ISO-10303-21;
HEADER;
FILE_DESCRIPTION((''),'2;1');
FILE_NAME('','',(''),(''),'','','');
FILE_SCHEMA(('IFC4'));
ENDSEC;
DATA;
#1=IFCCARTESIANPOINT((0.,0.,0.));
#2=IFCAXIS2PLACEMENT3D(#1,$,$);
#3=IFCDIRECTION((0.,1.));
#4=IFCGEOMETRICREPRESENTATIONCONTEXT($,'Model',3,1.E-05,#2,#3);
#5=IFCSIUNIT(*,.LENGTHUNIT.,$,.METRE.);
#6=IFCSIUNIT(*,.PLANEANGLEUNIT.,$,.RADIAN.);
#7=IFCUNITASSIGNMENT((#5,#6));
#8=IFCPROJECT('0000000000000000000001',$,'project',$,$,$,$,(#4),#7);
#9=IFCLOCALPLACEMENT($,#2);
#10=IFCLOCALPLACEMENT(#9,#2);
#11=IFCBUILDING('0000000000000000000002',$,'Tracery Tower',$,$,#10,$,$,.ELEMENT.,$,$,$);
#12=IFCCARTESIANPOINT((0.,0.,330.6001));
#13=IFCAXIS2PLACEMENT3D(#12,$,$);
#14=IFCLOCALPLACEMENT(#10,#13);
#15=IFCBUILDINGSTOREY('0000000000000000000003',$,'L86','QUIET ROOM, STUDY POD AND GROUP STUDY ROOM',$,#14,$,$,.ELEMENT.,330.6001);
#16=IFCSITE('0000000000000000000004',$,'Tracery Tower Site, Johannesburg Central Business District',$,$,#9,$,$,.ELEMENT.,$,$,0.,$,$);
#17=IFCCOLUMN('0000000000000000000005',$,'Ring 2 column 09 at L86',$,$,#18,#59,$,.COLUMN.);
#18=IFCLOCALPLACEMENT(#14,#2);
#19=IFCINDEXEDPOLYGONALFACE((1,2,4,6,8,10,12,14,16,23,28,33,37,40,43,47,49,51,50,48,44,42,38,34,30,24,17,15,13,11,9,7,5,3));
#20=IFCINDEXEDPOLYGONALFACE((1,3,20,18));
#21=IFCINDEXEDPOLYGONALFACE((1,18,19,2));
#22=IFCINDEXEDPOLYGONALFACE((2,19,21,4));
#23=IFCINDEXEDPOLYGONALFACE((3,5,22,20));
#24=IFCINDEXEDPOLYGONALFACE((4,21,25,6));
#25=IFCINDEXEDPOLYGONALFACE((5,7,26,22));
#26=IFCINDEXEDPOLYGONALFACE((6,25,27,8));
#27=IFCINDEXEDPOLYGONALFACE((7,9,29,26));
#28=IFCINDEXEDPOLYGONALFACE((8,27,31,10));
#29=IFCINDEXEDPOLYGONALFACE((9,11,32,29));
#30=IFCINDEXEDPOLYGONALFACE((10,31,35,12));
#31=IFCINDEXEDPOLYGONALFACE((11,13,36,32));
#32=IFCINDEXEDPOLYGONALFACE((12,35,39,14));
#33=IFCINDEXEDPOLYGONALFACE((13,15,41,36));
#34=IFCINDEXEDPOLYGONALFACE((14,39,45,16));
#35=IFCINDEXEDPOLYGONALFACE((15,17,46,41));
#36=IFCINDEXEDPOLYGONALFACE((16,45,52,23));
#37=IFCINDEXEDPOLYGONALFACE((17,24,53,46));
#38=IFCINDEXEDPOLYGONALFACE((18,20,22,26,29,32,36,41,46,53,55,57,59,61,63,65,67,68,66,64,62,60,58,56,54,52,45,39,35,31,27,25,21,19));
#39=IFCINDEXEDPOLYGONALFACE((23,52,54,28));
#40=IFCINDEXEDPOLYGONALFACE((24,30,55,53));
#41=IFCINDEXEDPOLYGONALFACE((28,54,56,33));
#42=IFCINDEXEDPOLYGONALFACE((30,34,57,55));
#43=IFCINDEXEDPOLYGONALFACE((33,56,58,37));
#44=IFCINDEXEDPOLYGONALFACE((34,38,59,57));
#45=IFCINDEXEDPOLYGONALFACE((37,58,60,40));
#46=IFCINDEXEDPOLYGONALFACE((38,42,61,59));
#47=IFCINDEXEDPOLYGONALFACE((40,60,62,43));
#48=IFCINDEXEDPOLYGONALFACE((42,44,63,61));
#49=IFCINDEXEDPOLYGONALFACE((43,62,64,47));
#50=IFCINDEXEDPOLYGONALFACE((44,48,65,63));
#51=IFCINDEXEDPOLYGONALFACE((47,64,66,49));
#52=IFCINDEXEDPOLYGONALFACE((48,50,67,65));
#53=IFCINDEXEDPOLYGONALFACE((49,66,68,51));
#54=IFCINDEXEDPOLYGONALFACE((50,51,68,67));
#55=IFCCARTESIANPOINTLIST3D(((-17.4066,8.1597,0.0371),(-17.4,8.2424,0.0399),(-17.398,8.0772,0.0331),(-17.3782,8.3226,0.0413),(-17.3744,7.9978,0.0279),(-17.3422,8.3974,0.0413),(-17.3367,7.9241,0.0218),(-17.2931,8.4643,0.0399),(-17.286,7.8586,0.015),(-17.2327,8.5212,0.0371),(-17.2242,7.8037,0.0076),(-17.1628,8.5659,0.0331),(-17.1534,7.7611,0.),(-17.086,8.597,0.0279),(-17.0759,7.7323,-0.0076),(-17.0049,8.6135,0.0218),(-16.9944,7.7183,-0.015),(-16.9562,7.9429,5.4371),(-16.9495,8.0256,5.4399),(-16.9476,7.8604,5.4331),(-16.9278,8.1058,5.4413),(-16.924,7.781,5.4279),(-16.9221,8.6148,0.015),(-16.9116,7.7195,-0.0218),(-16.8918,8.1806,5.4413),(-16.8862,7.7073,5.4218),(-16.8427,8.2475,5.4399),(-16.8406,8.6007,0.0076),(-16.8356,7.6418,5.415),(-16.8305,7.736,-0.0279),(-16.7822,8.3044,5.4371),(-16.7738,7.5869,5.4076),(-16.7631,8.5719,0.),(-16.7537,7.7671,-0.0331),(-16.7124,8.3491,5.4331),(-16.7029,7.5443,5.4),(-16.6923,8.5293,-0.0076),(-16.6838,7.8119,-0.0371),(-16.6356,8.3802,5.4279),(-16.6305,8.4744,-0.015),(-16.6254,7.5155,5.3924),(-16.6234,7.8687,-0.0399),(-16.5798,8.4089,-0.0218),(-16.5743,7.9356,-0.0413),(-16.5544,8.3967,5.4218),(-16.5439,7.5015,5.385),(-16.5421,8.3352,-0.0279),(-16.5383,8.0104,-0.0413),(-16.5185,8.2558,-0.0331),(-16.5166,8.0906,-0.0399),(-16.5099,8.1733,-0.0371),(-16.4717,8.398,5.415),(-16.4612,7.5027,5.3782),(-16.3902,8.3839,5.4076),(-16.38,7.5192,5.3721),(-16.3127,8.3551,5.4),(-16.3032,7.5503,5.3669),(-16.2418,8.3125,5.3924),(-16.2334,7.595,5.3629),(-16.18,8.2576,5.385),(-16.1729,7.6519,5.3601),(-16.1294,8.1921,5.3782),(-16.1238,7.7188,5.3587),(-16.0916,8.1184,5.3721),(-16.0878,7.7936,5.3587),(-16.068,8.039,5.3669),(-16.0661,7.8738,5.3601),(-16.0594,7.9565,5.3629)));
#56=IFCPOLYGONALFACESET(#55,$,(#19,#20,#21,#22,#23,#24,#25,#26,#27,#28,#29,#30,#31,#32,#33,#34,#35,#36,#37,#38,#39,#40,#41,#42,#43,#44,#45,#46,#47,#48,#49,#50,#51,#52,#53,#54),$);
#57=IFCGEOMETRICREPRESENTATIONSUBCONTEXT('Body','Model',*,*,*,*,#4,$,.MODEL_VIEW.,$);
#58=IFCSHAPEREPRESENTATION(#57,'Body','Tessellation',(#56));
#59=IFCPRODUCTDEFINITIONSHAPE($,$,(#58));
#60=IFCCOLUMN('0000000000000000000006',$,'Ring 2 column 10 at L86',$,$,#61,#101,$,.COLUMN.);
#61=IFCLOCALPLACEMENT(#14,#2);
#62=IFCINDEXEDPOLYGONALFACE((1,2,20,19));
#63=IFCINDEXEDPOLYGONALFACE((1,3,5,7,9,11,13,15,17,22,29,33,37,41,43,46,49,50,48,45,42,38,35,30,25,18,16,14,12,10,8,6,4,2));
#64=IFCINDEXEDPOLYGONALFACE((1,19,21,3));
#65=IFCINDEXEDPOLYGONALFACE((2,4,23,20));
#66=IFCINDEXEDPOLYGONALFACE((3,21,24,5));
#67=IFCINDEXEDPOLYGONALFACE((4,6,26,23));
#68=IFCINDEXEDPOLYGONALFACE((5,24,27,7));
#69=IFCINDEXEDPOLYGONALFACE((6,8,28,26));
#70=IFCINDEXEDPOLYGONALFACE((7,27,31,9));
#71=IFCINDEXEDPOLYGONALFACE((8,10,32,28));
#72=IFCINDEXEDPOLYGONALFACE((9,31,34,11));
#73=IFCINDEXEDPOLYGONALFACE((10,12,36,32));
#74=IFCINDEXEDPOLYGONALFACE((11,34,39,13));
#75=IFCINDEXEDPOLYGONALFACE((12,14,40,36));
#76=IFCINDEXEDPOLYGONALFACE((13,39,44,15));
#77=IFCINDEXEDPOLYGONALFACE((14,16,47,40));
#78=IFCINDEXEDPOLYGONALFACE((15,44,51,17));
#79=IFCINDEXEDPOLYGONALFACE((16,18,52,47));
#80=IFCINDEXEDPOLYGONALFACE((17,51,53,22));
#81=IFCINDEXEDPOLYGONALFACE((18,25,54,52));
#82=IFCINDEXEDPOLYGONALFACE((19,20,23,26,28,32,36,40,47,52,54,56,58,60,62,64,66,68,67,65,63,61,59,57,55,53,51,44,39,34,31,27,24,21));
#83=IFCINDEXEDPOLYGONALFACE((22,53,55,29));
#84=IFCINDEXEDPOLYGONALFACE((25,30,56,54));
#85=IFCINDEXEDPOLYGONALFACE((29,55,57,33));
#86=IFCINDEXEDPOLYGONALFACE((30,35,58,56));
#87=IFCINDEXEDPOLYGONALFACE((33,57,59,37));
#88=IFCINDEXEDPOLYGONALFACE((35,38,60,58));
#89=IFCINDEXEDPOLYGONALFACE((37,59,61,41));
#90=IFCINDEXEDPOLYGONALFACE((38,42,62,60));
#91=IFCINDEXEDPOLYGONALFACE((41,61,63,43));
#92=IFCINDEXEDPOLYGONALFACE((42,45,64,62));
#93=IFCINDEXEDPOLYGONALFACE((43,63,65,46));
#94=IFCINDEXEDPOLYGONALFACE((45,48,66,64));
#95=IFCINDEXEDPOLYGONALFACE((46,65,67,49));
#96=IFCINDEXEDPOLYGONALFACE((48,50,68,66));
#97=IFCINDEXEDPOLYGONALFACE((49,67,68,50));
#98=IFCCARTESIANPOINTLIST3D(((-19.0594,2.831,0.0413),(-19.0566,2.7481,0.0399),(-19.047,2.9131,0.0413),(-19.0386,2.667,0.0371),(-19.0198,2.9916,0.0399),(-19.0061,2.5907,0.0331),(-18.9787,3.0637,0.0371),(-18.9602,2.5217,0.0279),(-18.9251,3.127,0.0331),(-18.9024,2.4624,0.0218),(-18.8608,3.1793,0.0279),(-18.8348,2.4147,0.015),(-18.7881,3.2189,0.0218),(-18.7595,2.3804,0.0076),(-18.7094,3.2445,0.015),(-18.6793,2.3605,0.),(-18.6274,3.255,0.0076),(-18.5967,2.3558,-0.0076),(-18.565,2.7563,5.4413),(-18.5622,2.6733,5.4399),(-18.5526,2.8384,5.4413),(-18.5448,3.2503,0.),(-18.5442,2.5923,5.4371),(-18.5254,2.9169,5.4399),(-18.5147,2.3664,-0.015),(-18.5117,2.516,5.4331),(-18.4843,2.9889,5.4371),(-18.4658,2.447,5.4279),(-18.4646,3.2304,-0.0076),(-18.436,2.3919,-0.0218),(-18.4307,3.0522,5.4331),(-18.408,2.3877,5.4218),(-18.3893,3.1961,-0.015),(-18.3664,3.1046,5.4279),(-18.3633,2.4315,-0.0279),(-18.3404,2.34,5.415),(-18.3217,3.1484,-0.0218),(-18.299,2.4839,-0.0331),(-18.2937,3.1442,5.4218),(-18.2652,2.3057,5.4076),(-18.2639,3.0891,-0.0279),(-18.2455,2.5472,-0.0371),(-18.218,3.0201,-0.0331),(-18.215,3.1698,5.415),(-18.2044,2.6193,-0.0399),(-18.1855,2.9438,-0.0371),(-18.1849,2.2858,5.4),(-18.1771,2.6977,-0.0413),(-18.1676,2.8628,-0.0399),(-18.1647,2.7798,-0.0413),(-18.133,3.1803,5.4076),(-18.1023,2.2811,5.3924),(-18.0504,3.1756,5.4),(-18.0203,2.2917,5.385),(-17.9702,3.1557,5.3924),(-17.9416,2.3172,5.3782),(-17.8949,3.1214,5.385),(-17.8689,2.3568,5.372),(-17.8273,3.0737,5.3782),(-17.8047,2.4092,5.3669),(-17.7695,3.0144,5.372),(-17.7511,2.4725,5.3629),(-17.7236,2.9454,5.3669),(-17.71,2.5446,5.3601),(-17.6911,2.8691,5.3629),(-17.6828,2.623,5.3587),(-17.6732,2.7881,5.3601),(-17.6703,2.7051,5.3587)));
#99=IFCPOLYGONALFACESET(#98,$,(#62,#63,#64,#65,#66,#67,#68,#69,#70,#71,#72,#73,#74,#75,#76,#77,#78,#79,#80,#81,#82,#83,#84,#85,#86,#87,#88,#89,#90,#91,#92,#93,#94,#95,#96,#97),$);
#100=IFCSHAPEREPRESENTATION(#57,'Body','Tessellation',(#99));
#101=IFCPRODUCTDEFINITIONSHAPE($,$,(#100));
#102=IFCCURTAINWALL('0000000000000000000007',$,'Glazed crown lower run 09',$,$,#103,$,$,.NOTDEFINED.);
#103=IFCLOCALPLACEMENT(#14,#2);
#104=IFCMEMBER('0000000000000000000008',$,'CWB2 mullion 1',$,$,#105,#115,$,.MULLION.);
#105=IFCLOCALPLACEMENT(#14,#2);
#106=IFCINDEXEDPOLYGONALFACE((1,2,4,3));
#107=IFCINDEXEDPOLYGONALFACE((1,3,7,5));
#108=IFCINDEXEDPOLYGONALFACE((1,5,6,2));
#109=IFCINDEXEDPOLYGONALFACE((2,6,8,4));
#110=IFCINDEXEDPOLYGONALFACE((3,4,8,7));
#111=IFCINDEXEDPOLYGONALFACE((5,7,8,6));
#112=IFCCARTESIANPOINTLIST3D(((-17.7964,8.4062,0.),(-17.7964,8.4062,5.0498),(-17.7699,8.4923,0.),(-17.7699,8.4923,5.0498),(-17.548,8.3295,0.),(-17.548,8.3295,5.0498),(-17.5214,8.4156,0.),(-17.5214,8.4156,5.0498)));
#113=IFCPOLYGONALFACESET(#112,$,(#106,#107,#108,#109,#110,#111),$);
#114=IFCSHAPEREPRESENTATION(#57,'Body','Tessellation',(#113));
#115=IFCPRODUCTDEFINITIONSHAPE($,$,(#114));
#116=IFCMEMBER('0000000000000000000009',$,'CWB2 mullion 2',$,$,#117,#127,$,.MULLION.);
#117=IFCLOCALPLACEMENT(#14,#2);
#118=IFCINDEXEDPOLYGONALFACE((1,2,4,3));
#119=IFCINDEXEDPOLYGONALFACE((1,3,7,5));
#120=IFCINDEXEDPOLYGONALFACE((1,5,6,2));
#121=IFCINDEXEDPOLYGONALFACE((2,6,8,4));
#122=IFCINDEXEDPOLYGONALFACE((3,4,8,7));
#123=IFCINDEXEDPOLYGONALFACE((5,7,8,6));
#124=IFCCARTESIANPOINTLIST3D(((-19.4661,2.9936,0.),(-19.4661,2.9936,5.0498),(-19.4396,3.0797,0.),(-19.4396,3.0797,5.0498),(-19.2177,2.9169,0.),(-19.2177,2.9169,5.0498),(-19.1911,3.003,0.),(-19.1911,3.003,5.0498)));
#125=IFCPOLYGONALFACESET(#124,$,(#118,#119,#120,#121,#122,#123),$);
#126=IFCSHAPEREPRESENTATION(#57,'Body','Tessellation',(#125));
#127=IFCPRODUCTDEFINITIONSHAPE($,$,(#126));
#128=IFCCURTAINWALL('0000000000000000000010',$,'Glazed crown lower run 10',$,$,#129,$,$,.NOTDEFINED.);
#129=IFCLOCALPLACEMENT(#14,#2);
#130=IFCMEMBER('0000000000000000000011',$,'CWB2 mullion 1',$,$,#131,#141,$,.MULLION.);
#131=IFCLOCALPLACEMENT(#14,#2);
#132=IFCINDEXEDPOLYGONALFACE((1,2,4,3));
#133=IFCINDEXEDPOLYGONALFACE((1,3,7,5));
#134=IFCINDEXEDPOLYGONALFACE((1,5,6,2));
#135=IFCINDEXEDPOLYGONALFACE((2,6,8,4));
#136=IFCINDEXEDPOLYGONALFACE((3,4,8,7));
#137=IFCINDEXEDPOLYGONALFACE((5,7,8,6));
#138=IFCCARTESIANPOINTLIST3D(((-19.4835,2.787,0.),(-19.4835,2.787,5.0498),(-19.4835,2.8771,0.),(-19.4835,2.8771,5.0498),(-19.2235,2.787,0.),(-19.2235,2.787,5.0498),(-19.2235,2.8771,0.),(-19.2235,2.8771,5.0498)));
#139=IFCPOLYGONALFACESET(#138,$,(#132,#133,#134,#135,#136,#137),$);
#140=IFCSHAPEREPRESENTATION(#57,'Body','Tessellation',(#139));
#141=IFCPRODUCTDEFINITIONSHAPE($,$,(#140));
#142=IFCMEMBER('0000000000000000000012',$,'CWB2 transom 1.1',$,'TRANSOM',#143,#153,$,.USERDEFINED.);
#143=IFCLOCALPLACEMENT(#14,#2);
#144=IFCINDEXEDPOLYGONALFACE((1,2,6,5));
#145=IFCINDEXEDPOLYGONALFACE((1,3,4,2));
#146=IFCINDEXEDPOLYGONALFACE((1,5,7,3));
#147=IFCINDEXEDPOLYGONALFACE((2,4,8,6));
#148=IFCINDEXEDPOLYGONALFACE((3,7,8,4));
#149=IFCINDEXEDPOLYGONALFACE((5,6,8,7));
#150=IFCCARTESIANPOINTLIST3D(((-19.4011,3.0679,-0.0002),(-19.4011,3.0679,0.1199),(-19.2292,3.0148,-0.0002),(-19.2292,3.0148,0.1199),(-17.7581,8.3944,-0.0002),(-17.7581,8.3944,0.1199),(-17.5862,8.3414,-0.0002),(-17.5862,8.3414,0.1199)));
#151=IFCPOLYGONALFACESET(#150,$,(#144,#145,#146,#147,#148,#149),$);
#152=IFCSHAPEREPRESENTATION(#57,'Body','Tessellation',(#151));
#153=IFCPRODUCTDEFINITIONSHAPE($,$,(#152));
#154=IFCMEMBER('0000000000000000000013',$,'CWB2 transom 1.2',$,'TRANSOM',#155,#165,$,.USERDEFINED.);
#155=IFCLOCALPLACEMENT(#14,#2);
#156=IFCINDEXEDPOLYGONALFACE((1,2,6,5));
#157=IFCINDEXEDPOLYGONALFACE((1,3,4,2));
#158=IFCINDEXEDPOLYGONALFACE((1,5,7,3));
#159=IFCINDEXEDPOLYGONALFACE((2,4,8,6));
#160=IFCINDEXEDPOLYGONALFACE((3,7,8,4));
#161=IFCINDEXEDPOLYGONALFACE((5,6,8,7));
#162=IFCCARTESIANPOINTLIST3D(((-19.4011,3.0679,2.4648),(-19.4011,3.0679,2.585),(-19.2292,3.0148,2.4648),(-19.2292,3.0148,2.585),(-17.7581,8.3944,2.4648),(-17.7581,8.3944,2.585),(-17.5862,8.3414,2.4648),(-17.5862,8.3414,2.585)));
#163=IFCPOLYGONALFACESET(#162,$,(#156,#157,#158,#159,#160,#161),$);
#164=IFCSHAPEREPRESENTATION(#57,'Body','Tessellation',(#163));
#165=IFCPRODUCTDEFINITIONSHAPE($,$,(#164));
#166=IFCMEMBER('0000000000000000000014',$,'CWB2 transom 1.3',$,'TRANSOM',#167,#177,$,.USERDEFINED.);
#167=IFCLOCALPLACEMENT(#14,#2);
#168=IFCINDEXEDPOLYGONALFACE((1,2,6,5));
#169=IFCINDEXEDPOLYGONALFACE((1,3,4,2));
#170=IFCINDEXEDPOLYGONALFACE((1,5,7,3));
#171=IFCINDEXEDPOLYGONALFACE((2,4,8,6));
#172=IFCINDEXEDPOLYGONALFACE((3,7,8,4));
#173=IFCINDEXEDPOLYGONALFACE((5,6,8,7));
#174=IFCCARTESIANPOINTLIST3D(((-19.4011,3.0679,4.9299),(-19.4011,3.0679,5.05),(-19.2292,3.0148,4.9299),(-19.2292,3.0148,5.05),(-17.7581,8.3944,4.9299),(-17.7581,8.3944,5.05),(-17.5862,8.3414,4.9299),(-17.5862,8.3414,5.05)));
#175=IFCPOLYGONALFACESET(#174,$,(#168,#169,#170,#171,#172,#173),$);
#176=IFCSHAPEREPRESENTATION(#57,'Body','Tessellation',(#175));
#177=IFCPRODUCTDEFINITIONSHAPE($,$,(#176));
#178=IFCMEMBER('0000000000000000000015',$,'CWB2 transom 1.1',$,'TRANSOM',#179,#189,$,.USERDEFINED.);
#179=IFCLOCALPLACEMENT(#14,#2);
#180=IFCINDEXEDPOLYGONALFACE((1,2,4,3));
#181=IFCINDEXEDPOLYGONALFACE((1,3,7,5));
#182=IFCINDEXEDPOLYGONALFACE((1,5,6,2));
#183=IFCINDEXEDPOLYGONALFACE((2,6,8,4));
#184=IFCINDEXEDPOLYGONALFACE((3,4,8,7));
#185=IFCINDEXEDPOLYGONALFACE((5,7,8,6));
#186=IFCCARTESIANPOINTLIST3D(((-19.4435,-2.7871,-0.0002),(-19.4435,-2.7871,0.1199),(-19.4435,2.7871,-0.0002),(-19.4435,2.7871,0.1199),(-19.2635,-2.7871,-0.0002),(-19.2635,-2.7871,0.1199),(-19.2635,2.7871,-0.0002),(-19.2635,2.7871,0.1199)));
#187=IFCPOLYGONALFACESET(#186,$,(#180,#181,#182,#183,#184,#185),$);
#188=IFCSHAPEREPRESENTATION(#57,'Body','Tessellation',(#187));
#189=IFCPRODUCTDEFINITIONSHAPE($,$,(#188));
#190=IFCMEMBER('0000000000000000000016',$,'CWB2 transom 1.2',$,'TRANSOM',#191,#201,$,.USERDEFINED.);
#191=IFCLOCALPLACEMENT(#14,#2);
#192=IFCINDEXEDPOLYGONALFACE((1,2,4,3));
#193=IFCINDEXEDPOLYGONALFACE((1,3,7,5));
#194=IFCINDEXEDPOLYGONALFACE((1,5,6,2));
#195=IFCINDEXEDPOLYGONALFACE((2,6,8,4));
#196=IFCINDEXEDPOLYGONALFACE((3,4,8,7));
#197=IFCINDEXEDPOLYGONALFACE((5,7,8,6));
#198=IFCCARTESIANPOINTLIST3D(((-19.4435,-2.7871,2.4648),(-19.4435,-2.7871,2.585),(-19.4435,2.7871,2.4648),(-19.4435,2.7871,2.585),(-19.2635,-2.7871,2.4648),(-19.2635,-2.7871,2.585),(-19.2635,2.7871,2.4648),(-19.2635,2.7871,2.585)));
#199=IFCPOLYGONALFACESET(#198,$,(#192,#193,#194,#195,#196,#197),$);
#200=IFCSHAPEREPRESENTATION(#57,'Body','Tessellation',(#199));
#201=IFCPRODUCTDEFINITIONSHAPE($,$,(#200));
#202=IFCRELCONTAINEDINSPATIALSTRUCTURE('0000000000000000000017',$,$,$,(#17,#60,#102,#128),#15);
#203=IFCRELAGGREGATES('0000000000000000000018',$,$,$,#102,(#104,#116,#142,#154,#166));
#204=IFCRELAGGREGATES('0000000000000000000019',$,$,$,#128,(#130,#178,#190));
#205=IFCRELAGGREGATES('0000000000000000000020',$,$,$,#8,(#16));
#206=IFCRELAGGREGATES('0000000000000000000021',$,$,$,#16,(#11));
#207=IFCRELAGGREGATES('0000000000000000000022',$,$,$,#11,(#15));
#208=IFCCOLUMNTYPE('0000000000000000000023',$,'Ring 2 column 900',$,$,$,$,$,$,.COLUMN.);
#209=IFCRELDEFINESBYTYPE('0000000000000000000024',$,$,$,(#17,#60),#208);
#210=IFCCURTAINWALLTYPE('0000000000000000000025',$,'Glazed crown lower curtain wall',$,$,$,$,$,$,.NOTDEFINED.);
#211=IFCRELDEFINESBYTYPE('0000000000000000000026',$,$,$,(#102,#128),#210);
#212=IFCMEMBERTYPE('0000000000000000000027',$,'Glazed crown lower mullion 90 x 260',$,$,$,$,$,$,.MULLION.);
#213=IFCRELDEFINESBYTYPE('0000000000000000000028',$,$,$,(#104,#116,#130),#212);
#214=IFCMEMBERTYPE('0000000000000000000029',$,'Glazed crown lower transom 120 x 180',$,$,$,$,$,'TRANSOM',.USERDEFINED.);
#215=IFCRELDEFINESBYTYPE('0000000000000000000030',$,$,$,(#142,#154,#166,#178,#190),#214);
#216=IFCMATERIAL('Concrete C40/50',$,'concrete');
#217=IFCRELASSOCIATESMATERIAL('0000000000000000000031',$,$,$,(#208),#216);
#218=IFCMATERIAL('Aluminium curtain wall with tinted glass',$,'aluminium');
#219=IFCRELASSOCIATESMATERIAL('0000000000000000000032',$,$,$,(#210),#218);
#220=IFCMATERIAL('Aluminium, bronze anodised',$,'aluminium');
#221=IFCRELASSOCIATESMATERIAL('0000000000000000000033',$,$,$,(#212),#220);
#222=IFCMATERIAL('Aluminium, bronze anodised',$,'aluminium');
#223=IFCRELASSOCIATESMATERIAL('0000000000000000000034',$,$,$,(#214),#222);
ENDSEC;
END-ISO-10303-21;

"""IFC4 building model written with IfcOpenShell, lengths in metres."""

from ifc_helpers import new_model, si_unit, direction, frame, origin, origin_2d, place, context, subcontext, project, spatial, rectangle, circle, extrude, material, material_profile, profile_set, type_object, element, aggregate, save


model = new_model("IFC4")

# Units and contexts
model_context = context("Model", 3, precision=1e-05, world=origin(), true_north=direction((0.0, 1.0)))
body_context = subcontext(model_context, "Body", "Model", "MODEL_VIEW")
ifc_project = project(units=[si_unit("LENGTHUNIT", "METRE"), si_unit("PLANEANGLEUNIT", "RADIAN")], contexts=[model_context])

# Site, building, storey
site_placement = place(None, origin())
site = spatial("IfcSite", under=ifc_project, at=site_placement, Name="Tracery Tower Site, Johannesburg Central Business District", CompositionType="ELEMENT", RefElevation=0.0)
building_placement = place(site_placement, origin())
building = spatial("IfcBuilding", under=site, at=building_placement, Name="Tracery Tower", CompositionType="ELEMENT")
storey_placement = place(building_placement, frame((0.0, 0.0, 330.6001)))
storey = spatial("IfcBuildingStorey", under=building, at=storey_placement, Name="L86", Description="QUIET ROOM, STUDY POD AND GROUP STUDY ROOM", CompositionType="ELEMENT", Elevation=330.6001)

# Columns
ifc_material_1 = material(Name="Concrete C40/50", Category="concrete")
ifc_material_profile_1 = material_profile(ifc_material_1, circle(Radius=0.45, at=origin_2d()), Name="RC D900")
ifc_profile_set_1 = profile_set([ifc_material_profile_1], Name="Concrete C40/50")
column_type = type_object("IfcColumnType", Name="Ring 2 column 900", PredefinedType="COLUMN", material=ifc_profile_set_1)
for number, where, z_axis, x_axis, name in (
    (1, (-16.9583, 8.1665, 0.0), (0.083061, -0.039977, 0.995742), (0.433683, 0.901065, 0.0), "Ring 2 column 09 at L86"),
    (2, (-18.6121, 2.8054, 0.0), (0.091164, -0.013776, 0.995741), (0.149415, 0.988775, 0.0), "Ring 2 column 10 at L86"),
):
    element("IfcColumn", number, at=place(storey_placement, frame(where, z_axis=z_axis, x_axis=x_axis)), inside=storey, type_object=column_type, Name=name, PredefinedType="COLUMN", context=body_context, shape_type="SweptSolid", body=[
        extrude(circle(Radius=0.45, at=origin_2d()), origin(), (0.0, 0.0, 1.0), 5.4231),
    ])

# Curtain wall, members
ifc_material_2 = material(Name="Aluminium curtain wall with tinted glass", Category="aluminium")
curtain_wall_type = type_object("IfcCurtainWallType", Name="Glazed crown lower curtain wall", PredefinedType="NOTDEFINED", material=ifc_material_2)
curtain_wall_1_placement = place(storey_placement, origin())
curtain_wall_1 = element("IfcCurtainWall", 3, at=curtain_wall_1_placement, inside=storey, type_object=curtain_wall_type, Name="Glazed crown lower run 09", PredefinedType="NOTDEFINED")
ifc_material_3 = material(Name="Aluminium, bronze anodised", Category="aluminium")
ifc_material_profile_2 = material_profile(ifc_material_3, rectangle(XDim=0.26, YDim=0.0901, at=origin_2d()), Name="Glazed crown lower mullion 90 x 260")
ifc_profile_set_2 = profile_set([ifc_material_profile_2], Name="Aluminium, bronze anodised")
member_type_1 = type_object("IfcMemberType", Name="Glazed crown lower mullion 90 x 260", PredefinedType="MULLION", material=ifc_profile_set_2)
member_1_placement = place(storey_placement, frame((-17.6589, 8.4109, 0.0), z_axis=(0.0, 0.0, 1.0), x_axis=(0.955571, -0.294761, 0.0)))
member_1 = element("IfcMember", 4, at=member_1_placement, type_object=member_type_1, Name="CWB2 mullion 1", PredefinedType="MULLION", context=body_context, shape_type="SweptSolid", body=[
    extrude(rectangle(XDim=0.26, YDim=0.0901, at=origin_2d()), origin(), (0.0, 0.0, 1.0), 5.0498),
])
member_2_placement = place(storey_placement, frame((-19.3286, 2.9983, 0.0), z_axis=(0.0, 0.0, 1.0), x_axis=(0.955571, -0.294761, 0.0)))
member_2 = element("IfcMember", 5, at=member_2_placement, type_object=member_type_1, Name="CWB2 mullion 2", PredefinedType="MULLION", context=body_context, shape_type="SweptSolid", body=[
    extrude(rectangle(XDim=0.26, YDim=0.0901, at=origin_2d()), origin(), (0.0, 0.0, 1.0), 5.0498),
])

# Curtain wall, member
curtain_wall_2_placement = place(storey_placement, origin())
curtain_wall_2 = element("IfcCurtainWall", 6, at=curtain_wall_2_placement, inside=storey, type_object=curtain_wall_type, Name="Glazed crown lower run 10", PredefinedType="NOTDEFINED")
member_3_placement = place(storey_placement, frame((-19.3535, 2.832, 0.0), z_axis=(0.0, 0.0, 1.0), x_axis=(1.0, 0.0, 0.0)))
member_3 = element("IfcMember", 7, at=member_3_placement, type_object=member_type_1, Name="CWB2 mullion 1", PredefinedType="MULLION", context=body_context, shape_type="SweptSolid", body=[
    extrude(rectangle(XDim=0.26, YDim=0.0901, at=origin_2d()), origin(), (0.0, 0.0, 1.0), 5.0498),
])

# Members
ifc_material_4 = material(Name="Aluminium, bronze anodised", Category="aluminium")
ifc_material_profile_3 = material_profile(ifc_material_4, rectangle(XDim=0.1799, YDim=0.1201, at=origin_2d()), Name="Glazed crown lower transom 120 x 180")
ifc_profile_set_3 = profile_set([ifc_material_profile_3], Name="Aluminium, bronze anodised")
member_type_2 = type_object("IfcMemberType", Name="Glazed crown lower transom 120 x 180", ElementType="TRANSOM", PredefinedType="USERDEFINED", material=ifc_profile_set_3)
member_4_placement = place(storey_placement, frame((-17.6721, 8.3679, 0.0598), z_axis=(-0.294757, -0.955572, 0.0), x_axis=(0.955572, -0.294757, 0.0)))
member_4 = element("IfcMember", 8, at=member_4_placement, type_object=member_type_2, Name="CWB2 transom 1.1", ObjectType="TRANSOM", PredefinedType="USERDEFINED", context=body_context, shape_type="SweptSolid", body=[
    extrude(rectangle(XDim=0.1799, YDim=0.1201, at=origin_2d()), origin(), (0.0, 0.0, 1.0), 5.5742),
])
member_5_placement = place(storey_placement, frame((-17.6721, 8.3679, 2.5249), z_axis=(-0.294757, -0.955572, 0.0), x_axis=(0.955572, -0.294757, 0.0)))
member_5 = element("IfcMember", 9, at=member_5_placement, type_object=member_type_2, Name="CWB2 transom 1.2", ObjectType="TRANSOM", PredefinedType="USERDEFINED", context=body_context, shape_type="SweptSolid", body=[
    extrude(rectangle(XDim=0.1799, YDim=0.1201, at=origin_2d()), origin(), (0.0, 0.0, 1.0), 5.5742),
])
member_6_placement = place(storey_placement, frame((-17.6721, 8.3679, 4.99), z_axis=(-0.294757, -0.955572, 0.0), x_axis=(0.955572, -0.294757, 0.0)))
member_6 = element("IfcMember", 10, at=member_6_placement, type_object=member_type_2, Name="CWB2 transom 1.3", ObjectType="TRANSOM", PredefinedType="USERDEFINED", context=body_context, shape_type="SweptSolid", body=[
    extrude(rectangle(XDim=0.1799, YDim=0.1201, at=origin_2d()), origin(), (0.0, 0.0, 1.0), 5.5742),
])
member_7_placement = place(storey_placement, frame((-19.3535, 2.7871, 0.0598), z_axis=(0.0, -1.0, 0.0), x_axis=(1.0, 0.0, 0.0)))
member_7 = element("IfcMember", 11, at=member_7_placement, type_object=member_type_2, Name="CWB2 transom 1.1", ObjectType="TRANSOM", PredefinedType="USERDEFINED", context=body_context, shape_type="SweptSolid", body=[
    extrude(rectangle(XDim=0.1799, YDim=0.1201, at=origin_2d()), origin(), (0.0, 0.0, 1.0), 5.5742),
])
member_8_placement = place(storey_placement, frame((-19.3535, 2.7871, 2.5249), z_axis=(0.0, -1.0, 0.0), x_axis=(1.0, 0.0, 0.0)))
member_8 = element("IfcMember", 12, at=member_8_placement, type_object=member_type_2, Name="CWB2 transom 1.2", ObjectType="TRANSOM", PredefinedType="USERDEFINED", context=body_context, shape_type="SweptSolid", body=[
    extrude(rectangle(XDim=0.1799, YDim=0.1201, at=origin_2d()), origin(), (0.0, 0.0, 1.0), 5.5742),
])

aggregate(curtain_wall_1, [member_1, member_2, member_4, member_5, member_6])
aggregate(curtain_wall_2, [member_3, member_7, member_8])

save(model, "model.ifc")
